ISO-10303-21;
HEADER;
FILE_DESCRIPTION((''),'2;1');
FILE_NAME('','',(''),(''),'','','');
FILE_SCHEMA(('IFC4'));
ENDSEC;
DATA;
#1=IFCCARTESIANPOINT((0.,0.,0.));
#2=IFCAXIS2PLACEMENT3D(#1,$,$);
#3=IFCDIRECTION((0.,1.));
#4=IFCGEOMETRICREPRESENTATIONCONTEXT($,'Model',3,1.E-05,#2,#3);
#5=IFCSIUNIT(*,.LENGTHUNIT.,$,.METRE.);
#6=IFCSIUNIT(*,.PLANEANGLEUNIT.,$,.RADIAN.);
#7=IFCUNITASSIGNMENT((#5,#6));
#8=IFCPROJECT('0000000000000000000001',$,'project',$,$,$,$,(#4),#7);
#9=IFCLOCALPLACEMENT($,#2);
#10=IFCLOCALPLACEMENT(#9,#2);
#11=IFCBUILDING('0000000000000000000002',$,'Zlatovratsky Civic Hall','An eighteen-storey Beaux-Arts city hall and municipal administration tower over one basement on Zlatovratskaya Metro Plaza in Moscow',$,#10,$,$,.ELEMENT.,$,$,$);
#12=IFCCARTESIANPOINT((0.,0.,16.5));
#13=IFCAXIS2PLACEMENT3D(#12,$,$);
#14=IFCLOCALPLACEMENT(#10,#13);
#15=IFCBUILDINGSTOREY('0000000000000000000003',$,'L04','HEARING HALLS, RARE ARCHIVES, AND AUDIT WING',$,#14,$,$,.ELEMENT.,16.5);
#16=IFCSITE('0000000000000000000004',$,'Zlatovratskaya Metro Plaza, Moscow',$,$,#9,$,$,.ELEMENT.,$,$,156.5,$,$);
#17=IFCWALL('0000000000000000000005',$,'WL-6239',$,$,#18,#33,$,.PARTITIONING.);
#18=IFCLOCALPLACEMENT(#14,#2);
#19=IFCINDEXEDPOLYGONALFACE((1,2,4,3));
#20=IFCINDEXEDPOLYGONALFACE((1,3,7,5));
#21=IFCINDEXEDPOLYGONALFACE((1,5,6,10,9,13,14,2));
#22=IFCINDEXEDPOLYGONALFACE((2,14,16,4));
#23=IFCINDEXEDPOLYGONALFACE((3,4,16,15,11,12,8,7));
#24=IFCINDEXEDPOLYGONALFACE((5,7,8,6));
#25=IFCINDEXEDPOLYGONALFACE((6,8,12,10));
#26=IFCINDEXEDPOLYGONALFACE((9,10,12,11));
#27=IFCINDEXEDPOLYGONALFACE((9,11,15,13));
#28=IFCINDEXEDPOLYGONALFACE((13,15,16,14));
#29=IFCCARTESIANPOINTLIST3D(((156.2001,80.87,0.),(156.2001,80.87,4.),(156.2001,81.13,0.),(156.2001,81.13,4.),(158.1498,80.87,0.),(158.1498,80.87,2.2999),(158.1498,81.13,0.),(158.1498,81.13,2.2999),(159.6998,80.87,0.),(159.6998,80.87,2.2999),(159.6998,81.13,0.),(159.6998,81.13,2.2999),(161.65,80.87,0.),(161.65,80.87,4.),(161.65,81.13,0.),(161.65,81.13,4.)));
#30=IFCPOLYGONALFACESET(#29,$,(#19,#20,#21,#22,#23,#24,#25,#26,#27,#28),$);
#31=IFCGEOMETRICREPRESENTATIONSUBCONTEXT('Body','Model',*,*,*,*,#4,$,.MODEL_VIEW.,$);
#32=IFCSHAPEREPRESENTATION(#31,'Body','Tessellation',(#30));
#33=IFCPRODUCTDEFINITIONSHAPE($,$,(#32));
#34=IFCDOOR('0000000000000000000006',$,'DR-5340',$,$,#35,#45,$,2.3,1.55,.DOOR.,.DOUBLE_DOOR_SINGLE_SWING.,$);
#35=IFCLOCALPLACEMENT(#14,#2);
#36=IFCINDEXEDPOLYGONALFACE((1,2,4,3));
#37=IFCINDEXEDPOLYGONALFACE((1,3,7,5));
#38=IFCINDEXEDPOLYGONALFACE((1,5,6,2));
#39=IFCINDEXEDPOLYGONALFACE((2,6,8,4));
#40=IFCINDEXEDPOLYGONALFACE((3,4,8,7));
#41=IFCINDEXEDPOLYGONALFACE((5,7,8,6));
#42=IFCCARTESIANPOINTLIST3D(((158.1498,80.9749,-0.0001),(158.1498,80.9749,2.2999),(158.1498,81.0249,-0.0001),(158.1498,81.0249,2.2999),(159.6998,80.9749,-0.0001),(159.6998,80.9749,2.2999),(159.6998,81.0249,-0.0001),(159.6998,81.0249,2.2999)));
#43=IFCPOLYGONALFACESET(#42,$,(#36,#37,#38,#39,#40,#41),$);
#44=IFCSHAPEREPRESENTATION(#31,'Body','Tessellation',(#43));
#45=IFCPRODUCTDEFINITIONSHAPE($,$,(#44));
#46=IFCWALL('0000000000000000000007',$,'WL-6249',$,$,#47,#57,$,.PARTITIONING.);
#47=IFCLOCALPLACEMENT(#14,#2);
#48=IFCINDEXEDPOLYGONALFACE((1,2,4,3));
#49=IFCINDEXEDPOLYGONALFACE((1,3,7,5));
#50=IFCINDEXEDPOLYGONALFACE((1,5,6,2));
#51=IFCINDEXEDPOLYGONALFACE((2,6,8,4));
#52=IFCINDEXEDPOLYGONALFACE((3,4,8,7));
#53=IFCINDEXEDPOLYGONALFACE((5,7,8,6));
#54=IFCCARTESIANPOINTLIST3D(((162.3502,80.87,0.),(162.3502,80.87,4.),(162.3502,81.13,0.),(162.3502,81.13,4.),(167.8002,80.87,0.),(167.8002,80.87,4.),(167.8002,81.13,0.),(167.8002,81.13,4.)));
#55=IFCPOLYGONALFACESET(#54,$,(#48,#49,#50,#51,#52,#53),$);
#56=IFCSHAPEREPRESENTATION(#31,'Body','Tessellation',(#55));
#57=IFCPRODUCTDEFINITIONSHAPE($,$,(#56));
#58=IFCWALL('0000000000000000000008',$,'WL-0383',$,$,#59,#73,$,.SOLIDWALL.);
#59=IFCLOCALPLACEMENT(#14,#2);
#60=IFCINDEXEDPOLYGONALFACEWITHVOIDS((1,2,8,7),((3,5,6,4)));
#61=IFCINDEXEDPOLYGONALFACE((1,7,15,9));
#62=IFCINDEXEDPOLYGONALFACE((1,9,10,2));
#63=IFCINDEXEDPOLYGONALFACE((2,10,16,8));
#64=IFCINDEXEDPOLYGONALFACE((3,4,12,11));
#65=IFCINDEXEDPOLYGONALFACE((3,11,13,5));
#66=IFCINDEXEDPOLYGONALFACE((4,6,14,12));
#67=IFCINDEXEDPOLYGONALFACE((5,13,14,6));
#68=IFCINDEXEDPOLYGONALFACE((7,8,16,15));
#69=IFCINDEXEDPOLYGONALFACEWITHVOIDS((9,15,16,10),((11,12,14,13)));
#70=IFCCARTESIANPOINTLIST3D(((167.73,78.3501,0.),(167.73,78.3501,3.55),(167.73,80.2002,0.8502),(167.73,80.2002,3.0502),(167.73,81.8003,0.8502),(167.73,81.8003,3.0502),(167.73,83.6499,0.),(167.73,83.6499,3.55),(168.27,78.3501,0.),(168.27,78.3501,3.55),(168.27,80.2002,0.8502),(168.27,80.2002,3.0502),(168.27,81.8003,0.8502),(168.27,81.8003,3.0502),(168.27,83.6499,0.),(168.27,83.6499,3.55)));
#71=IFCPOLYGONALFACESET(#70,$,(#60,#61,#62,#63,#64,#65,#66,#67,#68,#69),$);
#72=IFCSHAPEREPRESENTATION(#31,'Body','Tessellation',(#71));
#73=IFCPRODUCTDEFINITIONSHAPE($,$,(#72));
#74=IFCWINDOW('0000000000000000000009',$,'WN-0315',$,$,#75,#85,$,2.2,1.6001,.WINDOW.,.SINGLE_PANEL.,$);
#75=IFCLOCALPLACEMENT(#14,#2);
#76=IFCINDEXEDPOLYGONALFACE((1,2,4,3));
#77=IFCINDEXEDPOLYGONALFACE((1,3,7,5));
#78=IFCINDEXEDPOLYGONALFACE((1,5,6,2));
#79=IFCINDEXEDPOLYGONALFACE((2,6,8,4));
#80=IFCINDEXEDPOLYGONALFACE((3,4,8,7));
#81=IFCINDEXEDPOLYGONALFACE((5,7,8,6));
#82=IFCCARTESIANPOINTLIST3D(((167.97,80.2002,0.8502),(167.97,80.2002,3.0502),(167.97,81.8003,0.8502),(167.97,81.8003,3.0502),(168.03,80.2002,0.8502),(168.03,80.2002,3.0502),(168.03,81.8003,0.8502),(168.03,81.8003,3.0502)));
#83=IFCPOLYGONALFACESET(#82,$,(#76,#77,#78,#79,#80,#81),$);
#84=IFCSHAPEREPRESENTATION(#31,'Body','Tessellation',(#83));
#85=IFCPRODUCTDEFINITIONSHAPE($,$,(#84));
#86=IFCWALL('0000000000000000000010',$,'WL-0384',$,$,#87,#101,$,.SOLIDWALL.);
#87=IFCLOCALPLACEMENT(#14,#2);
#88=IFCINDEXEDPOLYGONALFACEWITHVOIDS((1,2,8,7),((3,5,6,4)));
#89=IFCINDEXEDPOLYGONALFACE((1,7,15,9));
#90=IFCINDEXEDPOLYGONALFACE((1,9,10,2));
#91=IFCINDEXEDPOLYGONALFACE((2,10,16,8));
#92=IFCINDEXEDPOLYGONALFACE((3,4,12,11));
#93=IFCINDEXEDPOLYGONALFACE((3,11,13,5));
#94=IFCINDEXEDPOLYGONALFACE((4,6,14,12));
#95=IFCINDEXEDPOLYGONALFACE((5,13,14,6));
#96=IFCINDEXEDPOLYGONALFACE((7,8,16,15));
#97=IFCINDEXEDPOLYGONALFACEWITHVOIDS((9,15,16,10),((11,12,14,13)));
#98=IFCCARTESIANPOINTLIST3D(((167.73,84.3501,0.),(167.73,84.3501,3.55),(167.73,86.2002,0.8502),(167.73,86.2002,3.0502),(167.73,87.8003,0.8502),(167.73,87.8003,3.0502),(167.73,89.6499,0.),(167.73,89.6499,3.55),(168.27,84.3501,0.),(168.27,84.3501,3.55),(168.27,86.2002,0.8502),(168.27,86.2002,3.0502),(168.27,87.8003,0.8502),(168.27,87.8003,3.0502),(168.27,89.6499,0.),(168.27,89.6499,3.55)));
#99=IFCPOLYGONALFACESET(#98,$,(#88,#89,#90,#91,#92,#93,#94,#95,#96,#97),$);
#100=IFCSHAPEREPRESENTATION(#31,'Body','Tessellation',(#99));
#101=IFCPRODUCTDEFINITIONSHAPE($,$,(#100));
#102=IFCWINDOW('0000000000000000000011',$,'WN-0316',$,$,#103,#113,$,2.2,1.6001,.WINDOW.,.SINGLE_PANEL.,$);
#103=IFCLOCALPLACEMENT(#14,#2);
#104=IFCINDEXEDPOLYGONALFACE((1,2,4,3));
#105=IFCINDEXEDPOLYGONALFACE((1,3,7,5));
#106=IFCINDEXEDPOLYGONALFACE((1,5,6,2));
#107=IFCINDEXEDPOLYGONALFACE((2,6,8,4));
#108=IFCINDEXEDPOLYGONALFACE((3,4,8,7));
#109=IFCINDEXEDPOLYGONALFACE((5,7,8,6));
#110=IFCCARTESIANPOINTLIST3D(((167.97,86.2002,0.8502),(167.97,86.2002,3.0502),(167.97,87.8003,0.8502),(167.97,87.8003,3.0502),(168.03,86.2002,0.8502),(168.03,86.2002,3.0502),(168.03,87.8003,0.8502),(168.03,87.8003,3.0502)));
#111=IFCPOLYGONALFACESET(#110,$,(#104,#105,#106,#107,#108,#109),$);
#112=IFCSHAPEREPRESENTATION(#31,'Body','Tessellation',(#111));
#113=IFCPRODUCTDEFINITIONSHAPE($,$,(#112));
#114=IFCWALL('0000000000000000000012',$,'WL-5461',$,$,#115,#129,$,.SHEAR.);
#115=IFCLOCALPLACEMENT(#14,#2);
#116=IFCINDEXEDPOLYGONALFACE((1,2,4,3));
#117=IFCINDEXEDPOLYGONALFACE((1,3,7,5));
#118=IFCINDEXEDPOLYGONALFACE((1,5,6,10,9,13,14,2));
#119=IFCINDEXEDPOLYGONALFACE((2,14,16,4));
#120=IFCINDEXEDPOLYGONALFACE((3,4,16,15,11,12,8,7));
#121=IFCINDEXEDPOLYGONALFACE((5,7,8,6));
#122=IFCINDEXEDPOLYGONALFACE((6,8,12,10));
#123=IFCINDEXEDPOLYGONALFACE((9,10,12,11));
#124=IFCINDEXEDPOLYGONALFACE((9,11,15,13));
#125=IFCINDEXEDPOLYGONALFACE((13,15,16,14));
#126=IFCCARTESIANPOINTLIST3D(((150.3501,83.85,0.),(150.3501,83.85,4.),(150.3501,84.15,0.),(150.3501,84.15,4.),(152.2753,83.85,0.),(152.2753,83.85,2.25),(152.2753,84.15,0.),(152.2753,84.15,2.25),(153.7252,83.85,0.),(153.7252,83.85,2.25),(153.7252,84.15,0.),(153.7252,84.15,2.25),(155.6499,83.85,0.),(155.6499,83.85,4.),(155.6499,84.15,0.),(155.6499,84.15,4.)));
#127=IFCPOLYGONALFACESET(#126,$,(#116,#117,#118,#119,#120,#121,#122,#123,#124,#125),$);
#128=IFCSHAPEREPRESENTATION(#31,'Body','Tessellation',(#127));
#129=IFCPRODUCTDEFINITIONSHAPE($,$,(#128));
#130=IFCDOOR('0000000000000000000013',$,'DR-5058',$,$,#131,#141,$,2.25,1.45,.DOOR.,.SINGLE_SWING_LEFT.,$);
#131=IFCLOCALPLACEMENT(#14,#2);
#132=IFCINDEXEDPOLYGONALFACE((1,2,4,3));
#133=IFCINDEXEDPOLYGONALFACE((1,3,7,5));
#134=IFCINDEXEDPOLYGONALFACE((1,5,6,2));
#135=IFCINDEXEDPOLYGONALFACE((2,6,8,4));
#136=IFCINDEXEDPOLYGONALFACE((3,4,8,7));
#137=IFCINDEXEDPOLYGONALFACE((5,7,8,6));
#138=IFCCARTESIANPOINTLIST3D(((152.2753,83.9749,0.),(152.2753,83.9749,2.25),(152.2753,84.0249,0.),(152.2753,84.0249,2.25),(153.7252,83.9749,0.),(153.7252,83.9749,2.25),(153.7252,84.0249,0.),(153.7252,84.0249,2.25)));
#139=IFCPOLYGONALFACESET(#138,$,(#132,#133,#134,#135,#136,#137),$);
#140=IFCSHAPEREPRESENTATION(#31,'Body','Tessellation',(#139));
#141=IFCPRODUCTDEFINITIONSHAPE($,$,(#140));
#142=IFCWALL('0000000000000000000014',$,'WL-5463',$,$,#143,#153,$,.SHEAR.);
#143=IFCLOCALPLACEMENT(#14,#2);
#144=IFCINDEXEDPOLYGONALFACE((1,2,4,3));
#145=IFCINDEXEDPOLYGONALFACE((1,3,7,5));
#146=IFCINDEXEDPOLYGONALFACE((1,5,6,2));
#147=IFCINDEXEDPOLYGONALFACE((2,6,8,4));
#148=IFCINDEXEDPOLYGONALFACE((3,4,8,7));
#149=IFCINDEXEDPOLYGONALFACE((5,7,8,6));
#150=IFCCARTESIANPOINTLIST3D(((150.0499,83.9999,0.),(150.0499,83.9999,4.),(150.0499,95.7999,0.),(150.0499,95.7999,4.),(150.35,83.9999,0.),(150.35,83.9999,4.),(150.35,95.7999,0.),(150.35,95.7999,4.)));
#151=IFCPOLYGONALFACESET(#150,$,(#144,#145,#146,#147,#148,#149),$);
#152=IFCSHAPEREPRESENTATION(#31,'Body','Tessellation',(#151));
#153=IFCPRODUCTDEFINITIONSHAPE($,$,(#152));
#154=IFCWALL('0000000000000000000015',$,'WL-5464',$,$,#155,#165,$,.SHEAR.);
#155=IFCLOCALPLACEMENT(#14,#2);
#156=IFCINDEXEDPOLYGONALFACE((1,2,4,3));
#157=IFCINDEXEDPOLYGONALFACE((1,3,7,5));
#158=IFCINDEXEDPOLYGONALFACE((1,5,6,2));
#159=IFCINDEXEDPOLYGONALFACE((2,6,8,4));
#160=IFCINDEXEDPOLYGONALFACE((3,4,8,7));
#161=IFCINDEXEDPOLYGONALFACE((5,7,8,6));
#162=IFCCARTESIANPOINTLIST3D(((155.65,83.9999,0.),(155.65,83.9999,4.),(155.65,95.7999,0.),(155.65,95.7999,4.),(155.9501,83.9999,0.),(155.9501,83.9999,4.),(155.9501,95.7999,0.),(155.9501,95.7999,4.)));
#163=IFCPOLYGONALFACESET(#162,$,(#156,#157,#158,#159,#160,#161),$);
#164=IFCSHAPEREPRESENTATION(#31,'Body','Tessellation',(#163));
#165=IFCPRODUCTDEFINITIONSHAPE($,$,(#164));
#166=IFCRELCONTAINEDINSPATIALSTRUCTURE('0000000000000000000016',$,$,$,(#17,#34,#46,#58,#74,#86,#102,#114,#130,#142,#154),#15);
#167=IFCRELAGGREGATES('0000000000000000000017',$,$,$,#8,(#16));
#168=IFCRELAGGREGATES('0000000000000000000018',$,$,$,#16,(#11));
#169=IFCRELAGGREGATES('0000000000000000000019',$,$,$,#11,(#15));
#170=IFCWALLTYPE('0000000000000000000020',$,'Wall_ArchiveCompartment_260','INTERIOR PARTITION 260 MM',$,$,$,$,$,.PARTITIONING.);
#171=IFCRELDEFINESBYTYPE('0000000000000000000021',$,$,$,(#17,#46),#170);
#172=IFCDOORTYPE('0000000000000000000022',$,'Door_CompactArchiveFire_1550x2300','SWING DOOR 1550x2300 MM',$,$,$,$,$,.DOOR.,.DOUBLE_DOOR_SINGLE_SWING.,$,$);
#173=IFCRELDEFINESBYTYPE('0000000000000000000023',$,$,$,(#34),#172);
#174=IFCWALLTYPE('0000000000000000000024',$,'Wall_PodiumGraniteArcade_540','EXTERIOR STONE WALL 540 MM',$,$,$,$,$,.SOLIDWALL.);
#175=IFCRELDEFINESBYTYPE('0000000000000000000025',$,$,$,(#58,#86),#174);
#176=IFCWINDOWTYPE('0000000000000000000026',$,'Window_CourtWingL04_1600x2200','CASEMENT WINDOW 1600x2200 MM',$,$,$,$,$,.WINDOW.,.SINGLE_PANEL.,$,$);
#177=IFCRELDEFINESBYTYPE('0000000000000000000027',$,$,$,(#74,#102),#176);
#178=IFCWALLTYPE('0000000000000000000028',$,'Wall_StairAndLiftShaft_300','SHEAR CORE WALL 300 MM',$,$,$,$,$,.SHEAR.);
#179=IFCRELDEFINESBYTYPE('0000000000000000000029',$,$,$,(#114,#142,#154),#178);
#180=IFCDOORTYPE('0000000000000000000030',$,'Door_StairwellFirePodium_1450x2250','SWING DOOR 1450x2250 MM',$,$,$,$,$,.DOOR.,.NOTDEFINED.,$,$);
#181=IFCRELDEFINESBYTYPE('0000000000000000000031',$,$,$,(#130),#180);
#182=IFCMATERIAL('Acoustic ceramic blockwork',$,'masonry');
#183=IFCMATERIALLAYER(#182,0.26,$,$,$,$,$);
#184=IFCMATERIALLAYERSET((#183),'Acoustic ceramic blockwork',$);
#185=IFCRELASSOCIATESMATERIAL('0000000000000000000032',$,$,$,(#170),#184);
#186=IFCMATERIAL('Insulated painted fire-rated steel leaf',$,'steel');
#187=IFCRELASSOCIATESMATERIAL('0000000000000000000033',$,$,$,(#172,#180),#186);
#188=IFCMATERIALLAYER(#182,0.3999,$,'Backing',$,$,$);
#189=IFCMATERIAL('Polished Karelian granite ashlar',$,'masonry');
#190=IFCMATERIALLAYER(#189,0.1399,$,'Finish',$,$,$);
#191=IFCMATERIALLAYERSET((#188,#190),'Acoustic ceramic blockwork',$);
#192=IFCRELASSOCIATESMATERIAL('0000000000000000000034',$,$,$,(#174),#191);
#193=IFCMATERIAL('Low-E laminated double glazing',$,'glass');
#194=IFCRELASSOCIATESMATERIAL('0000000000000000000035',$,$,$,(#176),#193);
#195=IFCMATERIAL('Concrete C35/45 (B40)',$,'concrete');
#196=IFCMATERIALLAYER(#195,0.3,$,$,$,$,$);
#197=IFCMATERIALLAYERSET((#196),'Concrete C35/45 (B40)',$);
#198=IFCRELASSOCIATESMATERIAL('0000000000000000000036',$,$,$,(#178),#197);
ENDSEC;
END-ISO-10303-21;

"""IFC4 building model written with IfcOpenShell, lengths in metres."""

from ifc_helpers import new_model, si_unit, direction, frame, frame_2d, origin, place, context, subcontext, project, spatial, rectangle, extrude, material, layer, layer_set, type_object, element, fill, save


model = new_model("IFC4")

# Units and contexts
model_context = context("Model", 3, precision=1e-05, world=origin(), true_north=direction((0.0, 1.0)))
body_context = subcontext(model_context, "Body", "Model", "MODEL_VIEW")
ifc_project = project(units=[si_unit("LENGTHUNIT", "METRE"), si_unit("PLANEANGLEUNIT", "RADIAN")], contexts=[model_context])

# Site, building, storey
site_placement = place(None, origin())
site = spatial("IfcSite", under=ifc_project, at=site_placement, Name="Zlatovratskaya Metro Plaza, Moscow", CompositionType="ELEMENT", RefElevation=156.5)
building_placement = place(site_placement, origin())
building = spatial("IfcBuilding", under=site, at=building_placement, Name="Zlatovratsky Civic Hall", Description="An eighteen-storey Beaux-Arts city hall and municipal administration tower over one basement on Zlatovratskaya Metro Plaza in Moscow", CompositionType="ELEMENT")
storey_placement = place(building_placement, frame((0.0, 0.0, 16.5)))
storey = spatial("IfcBuildingStorey", under=building, at=storey_placement, Name="L04", Description="HEARING HALLS, RARE ARCHIVES, AND AUDIT WING", CompositionType="ELEMENT", Elevation=16.5)

# Shared definitions
ifc_material_1 = material(Name="Concrete C35/45 (B40)", Category="concrete")

# Wall, opening, door
ifc_material_2 = material(Name="Acoustic ceramic blockwork", Category="masonry")
ifc_layer_1 = layer(ifc_material_2, 0.26)
ifc_layer_set_1 = layer_set([ifc_layer_1], Name="Acoustic ceramic blockwork")
wall_type_1 = type_object("IfcWallType", Name="Wall_ArchiveCompartment_260", Description="INTERIOR PARTITION 260 MM", PredefinedType="PARTITIONING", material=ifc_layer_set_1)
wall_1_placement = place(storey_placement, frame((156.2, 81.0, 0.0), z_axis=(0.0, 0.0, 1.0), x_axis=(1.0, 0.0, 0.0)))
wall_1 = element("IfcWall", 1, at=wall_1_placement, inside=storey, type_object=wall_type_1, Name="WL-6239", PredefinedType="PARTITIONING", context=body_context, shape_type="SweptSolid", body=[
    extrude(rectangle(XDim=5.45, YDim=0.26, at=frame_2d((2.7251, 0.0))), origin(), (0.0, 0.0, 1.0), 4.0),
])
opening_1_placement = place(wall_1_placement, frame((1.95, 0.0, 0.0)))
opening_1 = element("IfcOpeningElement", 2, at=opening_1_placement, cuts=wall_1, PredefinedType="OPENING", context=body_context, shape_type="SweptSolid", body=[
    extrude(rectangle(XDim=1.55, YDim=2.3, at=frame_2d((0.7749, 1.1499))), frame((0.0, 0.145, 0.0), z_axis=(0.0, -1.0, 0.0), x_axis=(1.0, 0.0, 0.0)), (0.0, 0.0, 1.0), 0.2898),
])
ifc_material_3 = material(Name="Insulated painted fire-rated steel leaf", Category="steel")
door_type_1 = type_object("IfcDoorType", Name="Door_CompactArchiveFire_1550x2300", Description="SWING DOOR 1550x2300 MM", OperationType="DOUBLE_DOOR_SINGLE_SWING", PredefinedType="DOOR", material=ifc_material_3)
door_1_placement = place(opening_1_placement, origin())
door_1 = element("IfcDoor", 3, at=door_1_placement, inside=storey, type_object=door_type_1, Name="DR-5340", OperationType="DOUBLE_DOOR_SINGLE_SWING", OverallHeight=2.3, OverallWidth=1.55, PredefinedType="DOOR", context=body_context, shape_type="SweptSolid", body=[
    extrude(rectangle(XDim=1.55, YDim=2.3, at=frame_2d((0.7749, 1.1499))), frame((0.0, 0.0249, 0.0), z_axis=(0.0, -1.0, 0.0), x_axis=(1.0, 0.0, 0.0)), (0.0, 0.0, 1.0), 0.05),
])
fill(opening_1, door_1)

# Wall
wall_2_placement = place(storey_placement, frame((162.3501, 81.0, 0.0), z_axis=(0.0, 0.0, 1.0), x_axis=(1.0, 0.0, 0.0)))
element("IfcWall", 4, at=wall_2_placement, inside=storey, type_object=wall_type_1, Name="WL-6249", PredefinedType="PARTITIONING", context=body_context, shape_type="SweptSolid", body=[
    extrude(rectangle(XDim=5.45, YDim=0.26, at=frame_2d((2.7251, 0.0))), origin(), (0.0, 0.0, 1.0), 4.0),
])

# Walls, openings, windows
ifc_layer_2 = layer(ifc_material_2, 0.3999, Name="Backing")
ifc_material_4 = material(Name="Polished Karelian granite ashlar", Category="masonry")
ifc_layer_3 = layer(ifc_material_4, 0.1399, Name="Finish")
ifc_layer_set_2 = layer_set([ifc_layer_2, ifc_layer_3], Name="Acoustic ceramic blockwork")
wall_type_2 = type_object("IfcWallType", Name="Wall_PodiumGraniteArcade_540", Description="EXTERIOR STONE WALL 540 MM", PredefinedType="SOLIDWALL", material=ifc_layer_set_2)
wall_3_placement = place(storey_placement, frame((168.0, 78.3501, 0.0), z_axis=(0.0, 0.0, 1.0), x_axis=(0.0, 1.0, 0.0)))
wall_3 = element("IfcWall", 5, at=wall_3_placement, inside=storey, type_object=wall_type_2, Name="WL-0383", PredefinedType="SOLIDWALL", context=body_context, shape_type="SweptSolid", body=[
    extrude(rectangle(XDim=5.2998, YDim=0.54, at=frame_2d((2.6499, 0.0))), origin(), (0.0, 0.0, 1.0), 3.55),
])
opening_2_placement = place(wall_3_placement, frame((1.8501, 0.0, 0.8501)))
opening_2 = element("IfcOpeningElement", 6, at=opening_2_placement, cuts=wall_3, PredefinedType="OPENING", context=body_context, shape_type="SweptSolid", body=[
    extrude(rectangle(XDim=1.6001, YDim=2.2, at=frame_2d((0.8, 1.1001))), frame((0.0, 0.2849, 0.0), z_axis=(0.0, -1.0, 0.0), x_axis=(1.0, 0.0, 0.0)), (0.0, 0.0, 1.0), 0.5698),
])
ifc_material_5 = material(Name="Low-E laminated double glazing", Category="glass")
window_type = type_object("IfcWindowType", Name="Window_CourtWingL04_1600x2200", Description="CASEMENT WINDOW 1600x2200 MM", PartitioningType="SINGLE_PANEL", PredefinedType="WINDOW", material=ifc_material_5)
window_1_placement = place(opening_2_placement, origin())
window_1 = element("IfcWindow", 7, at=window_1_placement, inside=storey, type_object=window_type, Name="WN-0315", OverallHeight=2.2, OverallWidth=1.6001, PartitioningType="SINGLE_PANEL", PredefinedType="WINDOW", context=body_context, shape_type="SweptSolid", body=[
    extrude(rectangle(XDim=1.6001, YDim=2.2, at=frame_2d((0.8, 1.1001))), frame((0.0, 0.03, 0.0), z_axis=(0.0, -1.0, 0.0), x_axis=(1.0, 0.0, 0.0)), (0.0, 0.0, 1.0), 0.0601),
])
fill(opening_2, window_1)
wall_4_placement = place(storey_placement, frame((168.0, 84.3501, 0.0), z_axis=(0.0, 0.0, 1.0), x_axis=(0.0, 1.0, 0.0)))
wall_4 = element("IfcWall", 8, at=wall_4_placement, inside=storey, type_object=wall_type_2, Name="WL-0384", PredefinedType="SOLIDWALL", context=body_context, shape_type="SweptSolid", body=[
    extrude(rectangle(XDim=5.2998, YDim=0.54, at=frame_2d((2.6499, 0.0))), origin(), (0.0, 0.0, 1.0), 3.55),
])
opening_3_placement = place(wall_4_placement, frame((1.8501, 0.0, 0.8501)))
opening_3 = element("IfcOpeningElement", 9, at=opening_3_placement, cuts=wall_4, PredefinedType="OPENING", context=body_context, shape_type="SweptSolid", body=[
    extrude(rectangle(XDim=1.6001, YDim=2.2, at=frame_2d((0.8, 1.1001))), frame((0.0, 0.2849, 0.0), z_axis=(0.0, -1.0, 0.0), x_axis=(1.0, 0.0, 0.0)), (0.0, 0.0, 1.0), 0.5698),
])
window_2_placement = place(opening_3_placement, origin())
window_2 = element("IfcWindow", 10, at=window_2_placement, inside=storey, type_object=window_type, Name="WN-0316", OverallHeight=2.2, OverallWidth=1.6001, PartitioningType="SINGLE_PANEL", PredefinedType="WINDOW", context=body_context, shape_type="SweptSolid", body=[
    extrude(rectangle(XDim=1.6001, YDim=2.2, at=frame_2d((0.8, 1.1001))), frame((0.0, 0.03, 0.0), z_axis=(0.0, -1.0, 0.0), x_axis=(1.0, 0.0, 0.0)), (0.0, 0.0, 1.0), 0.0601),
])
fill(opening_3, window_2)

# Wall, opening, door
ifc_layer_4 = layer(ifc_material_1, 0.3)
ifc_layer_set_3 = layer_set([ifc_layer_4], Name="Concrete C35/45 (B40)")
wall_type_3 = type_object("IfcWallType", Name="Wall_StairAndLiftShaft_300", Description="SHEAR CORE WALL 300 MM", PredefinedType="SHEAR", material=ifc_layer_set_3)
wall_5_placement = place(storey_placement, frame((150.3501, 84.0, 0.0), z_axis=(0.0, 0.0, 1.0), x_axis=(1.0, 0.0, 0.0)))
wall_5 = element("IfcWall", 11, at=wall_5_placement, inside=storey, type_object=wall_type_3, Name="WL-5461", PredefinedType="SHEAR", context=body_context, shape_type="SweptSolid", body=[
    extrude(rectangle(XDim=5.2998, YDim=0.3, at=frame_2d((2.6499, 0.0))), origin(), (0.0, 0.0, 1.0), 4.0),
])
opening_4_placement = place(wall_5_placement, frame((1.925, 0.0, 0.0)))
opening_4 = element("IfcOpeningElement", 12, at=opening_4_placement, cuts=wall_5, PredefinedType="OPENING", context=body_context, shape_type="SweptSolid", body=[
    extrude(rectangle(XDim=1.45, YDim=2.25, at=frame_2d((0.7251, 1.125))), frame((0.0, 0.165, 0.0), z_axis=(0.0, -1.0, 0.0), x_axis=(1.0, 0.0, 0.0)), (0.0, 0.0, 1.0), 0.3298),
])
door_type_2 = type_object("IfcDoorType", Name="Door_StairwellFirePodium_1450x2250", Description="SWING DOOR 1450x2250 MM", OperationType="NOTDEFINED", PredefinedType="DOOR", material=ifc_material_3)
door_2_placement = place(opening_4_placement, origin())
door_2 = element("IfcDoor", 13, at=door_2_placement, inside=storey, type_object=door_type_2, Name="DR-5058", OperationType="SINGLE_SWING_LEFT", OverallHeight=2.25, OverallWidth=1.45, PredefinedType="DOOR", context=body_context, shape_type="SweptSolid", body=[
    extrude(rectangle(XDim=1.45, YDim=2.25, at=frame_2d((0.7251, 1.125))), frame((0.0, 0.0249, 0.0), z_axis=(0.0, -1.0, 0.0), x_axis=(1.0, 0.0, 0.0)), (0.0, 0.0, 1.0), 0.05),
])
fill(opening_4, door_2)

# Walls
for number, where, z_axis, x_axis, name in (
    (14, (150.2, 84.0, 0.0), (0.0, 0.0, 1.0), (0.0, 1.0, 0.0), "WL-5463"),
    (15, (155.8, 84.0, 0.0), (0.0, 0.0, 1.0), (0.0, 1.0, 0.0), "WL-5464"),
):
    element("IfcWall", number, at=place(storey_placement, frame(where, z_axis=z_axis, x_axis=x_axis)), inside=storey, type_object=wall_type_3, Name=name, PredefinedType="SHEAR", context=body_context, shape_type="SweptSolid", body=[
        extrude(rectangle(XDim=11.8, YDim=0.3, at=frame_2d((5.8999, 0.0))), origin(), (0.0, 0.0, 1.0), 4.0),
    ])

save(model, "model.ifc")
